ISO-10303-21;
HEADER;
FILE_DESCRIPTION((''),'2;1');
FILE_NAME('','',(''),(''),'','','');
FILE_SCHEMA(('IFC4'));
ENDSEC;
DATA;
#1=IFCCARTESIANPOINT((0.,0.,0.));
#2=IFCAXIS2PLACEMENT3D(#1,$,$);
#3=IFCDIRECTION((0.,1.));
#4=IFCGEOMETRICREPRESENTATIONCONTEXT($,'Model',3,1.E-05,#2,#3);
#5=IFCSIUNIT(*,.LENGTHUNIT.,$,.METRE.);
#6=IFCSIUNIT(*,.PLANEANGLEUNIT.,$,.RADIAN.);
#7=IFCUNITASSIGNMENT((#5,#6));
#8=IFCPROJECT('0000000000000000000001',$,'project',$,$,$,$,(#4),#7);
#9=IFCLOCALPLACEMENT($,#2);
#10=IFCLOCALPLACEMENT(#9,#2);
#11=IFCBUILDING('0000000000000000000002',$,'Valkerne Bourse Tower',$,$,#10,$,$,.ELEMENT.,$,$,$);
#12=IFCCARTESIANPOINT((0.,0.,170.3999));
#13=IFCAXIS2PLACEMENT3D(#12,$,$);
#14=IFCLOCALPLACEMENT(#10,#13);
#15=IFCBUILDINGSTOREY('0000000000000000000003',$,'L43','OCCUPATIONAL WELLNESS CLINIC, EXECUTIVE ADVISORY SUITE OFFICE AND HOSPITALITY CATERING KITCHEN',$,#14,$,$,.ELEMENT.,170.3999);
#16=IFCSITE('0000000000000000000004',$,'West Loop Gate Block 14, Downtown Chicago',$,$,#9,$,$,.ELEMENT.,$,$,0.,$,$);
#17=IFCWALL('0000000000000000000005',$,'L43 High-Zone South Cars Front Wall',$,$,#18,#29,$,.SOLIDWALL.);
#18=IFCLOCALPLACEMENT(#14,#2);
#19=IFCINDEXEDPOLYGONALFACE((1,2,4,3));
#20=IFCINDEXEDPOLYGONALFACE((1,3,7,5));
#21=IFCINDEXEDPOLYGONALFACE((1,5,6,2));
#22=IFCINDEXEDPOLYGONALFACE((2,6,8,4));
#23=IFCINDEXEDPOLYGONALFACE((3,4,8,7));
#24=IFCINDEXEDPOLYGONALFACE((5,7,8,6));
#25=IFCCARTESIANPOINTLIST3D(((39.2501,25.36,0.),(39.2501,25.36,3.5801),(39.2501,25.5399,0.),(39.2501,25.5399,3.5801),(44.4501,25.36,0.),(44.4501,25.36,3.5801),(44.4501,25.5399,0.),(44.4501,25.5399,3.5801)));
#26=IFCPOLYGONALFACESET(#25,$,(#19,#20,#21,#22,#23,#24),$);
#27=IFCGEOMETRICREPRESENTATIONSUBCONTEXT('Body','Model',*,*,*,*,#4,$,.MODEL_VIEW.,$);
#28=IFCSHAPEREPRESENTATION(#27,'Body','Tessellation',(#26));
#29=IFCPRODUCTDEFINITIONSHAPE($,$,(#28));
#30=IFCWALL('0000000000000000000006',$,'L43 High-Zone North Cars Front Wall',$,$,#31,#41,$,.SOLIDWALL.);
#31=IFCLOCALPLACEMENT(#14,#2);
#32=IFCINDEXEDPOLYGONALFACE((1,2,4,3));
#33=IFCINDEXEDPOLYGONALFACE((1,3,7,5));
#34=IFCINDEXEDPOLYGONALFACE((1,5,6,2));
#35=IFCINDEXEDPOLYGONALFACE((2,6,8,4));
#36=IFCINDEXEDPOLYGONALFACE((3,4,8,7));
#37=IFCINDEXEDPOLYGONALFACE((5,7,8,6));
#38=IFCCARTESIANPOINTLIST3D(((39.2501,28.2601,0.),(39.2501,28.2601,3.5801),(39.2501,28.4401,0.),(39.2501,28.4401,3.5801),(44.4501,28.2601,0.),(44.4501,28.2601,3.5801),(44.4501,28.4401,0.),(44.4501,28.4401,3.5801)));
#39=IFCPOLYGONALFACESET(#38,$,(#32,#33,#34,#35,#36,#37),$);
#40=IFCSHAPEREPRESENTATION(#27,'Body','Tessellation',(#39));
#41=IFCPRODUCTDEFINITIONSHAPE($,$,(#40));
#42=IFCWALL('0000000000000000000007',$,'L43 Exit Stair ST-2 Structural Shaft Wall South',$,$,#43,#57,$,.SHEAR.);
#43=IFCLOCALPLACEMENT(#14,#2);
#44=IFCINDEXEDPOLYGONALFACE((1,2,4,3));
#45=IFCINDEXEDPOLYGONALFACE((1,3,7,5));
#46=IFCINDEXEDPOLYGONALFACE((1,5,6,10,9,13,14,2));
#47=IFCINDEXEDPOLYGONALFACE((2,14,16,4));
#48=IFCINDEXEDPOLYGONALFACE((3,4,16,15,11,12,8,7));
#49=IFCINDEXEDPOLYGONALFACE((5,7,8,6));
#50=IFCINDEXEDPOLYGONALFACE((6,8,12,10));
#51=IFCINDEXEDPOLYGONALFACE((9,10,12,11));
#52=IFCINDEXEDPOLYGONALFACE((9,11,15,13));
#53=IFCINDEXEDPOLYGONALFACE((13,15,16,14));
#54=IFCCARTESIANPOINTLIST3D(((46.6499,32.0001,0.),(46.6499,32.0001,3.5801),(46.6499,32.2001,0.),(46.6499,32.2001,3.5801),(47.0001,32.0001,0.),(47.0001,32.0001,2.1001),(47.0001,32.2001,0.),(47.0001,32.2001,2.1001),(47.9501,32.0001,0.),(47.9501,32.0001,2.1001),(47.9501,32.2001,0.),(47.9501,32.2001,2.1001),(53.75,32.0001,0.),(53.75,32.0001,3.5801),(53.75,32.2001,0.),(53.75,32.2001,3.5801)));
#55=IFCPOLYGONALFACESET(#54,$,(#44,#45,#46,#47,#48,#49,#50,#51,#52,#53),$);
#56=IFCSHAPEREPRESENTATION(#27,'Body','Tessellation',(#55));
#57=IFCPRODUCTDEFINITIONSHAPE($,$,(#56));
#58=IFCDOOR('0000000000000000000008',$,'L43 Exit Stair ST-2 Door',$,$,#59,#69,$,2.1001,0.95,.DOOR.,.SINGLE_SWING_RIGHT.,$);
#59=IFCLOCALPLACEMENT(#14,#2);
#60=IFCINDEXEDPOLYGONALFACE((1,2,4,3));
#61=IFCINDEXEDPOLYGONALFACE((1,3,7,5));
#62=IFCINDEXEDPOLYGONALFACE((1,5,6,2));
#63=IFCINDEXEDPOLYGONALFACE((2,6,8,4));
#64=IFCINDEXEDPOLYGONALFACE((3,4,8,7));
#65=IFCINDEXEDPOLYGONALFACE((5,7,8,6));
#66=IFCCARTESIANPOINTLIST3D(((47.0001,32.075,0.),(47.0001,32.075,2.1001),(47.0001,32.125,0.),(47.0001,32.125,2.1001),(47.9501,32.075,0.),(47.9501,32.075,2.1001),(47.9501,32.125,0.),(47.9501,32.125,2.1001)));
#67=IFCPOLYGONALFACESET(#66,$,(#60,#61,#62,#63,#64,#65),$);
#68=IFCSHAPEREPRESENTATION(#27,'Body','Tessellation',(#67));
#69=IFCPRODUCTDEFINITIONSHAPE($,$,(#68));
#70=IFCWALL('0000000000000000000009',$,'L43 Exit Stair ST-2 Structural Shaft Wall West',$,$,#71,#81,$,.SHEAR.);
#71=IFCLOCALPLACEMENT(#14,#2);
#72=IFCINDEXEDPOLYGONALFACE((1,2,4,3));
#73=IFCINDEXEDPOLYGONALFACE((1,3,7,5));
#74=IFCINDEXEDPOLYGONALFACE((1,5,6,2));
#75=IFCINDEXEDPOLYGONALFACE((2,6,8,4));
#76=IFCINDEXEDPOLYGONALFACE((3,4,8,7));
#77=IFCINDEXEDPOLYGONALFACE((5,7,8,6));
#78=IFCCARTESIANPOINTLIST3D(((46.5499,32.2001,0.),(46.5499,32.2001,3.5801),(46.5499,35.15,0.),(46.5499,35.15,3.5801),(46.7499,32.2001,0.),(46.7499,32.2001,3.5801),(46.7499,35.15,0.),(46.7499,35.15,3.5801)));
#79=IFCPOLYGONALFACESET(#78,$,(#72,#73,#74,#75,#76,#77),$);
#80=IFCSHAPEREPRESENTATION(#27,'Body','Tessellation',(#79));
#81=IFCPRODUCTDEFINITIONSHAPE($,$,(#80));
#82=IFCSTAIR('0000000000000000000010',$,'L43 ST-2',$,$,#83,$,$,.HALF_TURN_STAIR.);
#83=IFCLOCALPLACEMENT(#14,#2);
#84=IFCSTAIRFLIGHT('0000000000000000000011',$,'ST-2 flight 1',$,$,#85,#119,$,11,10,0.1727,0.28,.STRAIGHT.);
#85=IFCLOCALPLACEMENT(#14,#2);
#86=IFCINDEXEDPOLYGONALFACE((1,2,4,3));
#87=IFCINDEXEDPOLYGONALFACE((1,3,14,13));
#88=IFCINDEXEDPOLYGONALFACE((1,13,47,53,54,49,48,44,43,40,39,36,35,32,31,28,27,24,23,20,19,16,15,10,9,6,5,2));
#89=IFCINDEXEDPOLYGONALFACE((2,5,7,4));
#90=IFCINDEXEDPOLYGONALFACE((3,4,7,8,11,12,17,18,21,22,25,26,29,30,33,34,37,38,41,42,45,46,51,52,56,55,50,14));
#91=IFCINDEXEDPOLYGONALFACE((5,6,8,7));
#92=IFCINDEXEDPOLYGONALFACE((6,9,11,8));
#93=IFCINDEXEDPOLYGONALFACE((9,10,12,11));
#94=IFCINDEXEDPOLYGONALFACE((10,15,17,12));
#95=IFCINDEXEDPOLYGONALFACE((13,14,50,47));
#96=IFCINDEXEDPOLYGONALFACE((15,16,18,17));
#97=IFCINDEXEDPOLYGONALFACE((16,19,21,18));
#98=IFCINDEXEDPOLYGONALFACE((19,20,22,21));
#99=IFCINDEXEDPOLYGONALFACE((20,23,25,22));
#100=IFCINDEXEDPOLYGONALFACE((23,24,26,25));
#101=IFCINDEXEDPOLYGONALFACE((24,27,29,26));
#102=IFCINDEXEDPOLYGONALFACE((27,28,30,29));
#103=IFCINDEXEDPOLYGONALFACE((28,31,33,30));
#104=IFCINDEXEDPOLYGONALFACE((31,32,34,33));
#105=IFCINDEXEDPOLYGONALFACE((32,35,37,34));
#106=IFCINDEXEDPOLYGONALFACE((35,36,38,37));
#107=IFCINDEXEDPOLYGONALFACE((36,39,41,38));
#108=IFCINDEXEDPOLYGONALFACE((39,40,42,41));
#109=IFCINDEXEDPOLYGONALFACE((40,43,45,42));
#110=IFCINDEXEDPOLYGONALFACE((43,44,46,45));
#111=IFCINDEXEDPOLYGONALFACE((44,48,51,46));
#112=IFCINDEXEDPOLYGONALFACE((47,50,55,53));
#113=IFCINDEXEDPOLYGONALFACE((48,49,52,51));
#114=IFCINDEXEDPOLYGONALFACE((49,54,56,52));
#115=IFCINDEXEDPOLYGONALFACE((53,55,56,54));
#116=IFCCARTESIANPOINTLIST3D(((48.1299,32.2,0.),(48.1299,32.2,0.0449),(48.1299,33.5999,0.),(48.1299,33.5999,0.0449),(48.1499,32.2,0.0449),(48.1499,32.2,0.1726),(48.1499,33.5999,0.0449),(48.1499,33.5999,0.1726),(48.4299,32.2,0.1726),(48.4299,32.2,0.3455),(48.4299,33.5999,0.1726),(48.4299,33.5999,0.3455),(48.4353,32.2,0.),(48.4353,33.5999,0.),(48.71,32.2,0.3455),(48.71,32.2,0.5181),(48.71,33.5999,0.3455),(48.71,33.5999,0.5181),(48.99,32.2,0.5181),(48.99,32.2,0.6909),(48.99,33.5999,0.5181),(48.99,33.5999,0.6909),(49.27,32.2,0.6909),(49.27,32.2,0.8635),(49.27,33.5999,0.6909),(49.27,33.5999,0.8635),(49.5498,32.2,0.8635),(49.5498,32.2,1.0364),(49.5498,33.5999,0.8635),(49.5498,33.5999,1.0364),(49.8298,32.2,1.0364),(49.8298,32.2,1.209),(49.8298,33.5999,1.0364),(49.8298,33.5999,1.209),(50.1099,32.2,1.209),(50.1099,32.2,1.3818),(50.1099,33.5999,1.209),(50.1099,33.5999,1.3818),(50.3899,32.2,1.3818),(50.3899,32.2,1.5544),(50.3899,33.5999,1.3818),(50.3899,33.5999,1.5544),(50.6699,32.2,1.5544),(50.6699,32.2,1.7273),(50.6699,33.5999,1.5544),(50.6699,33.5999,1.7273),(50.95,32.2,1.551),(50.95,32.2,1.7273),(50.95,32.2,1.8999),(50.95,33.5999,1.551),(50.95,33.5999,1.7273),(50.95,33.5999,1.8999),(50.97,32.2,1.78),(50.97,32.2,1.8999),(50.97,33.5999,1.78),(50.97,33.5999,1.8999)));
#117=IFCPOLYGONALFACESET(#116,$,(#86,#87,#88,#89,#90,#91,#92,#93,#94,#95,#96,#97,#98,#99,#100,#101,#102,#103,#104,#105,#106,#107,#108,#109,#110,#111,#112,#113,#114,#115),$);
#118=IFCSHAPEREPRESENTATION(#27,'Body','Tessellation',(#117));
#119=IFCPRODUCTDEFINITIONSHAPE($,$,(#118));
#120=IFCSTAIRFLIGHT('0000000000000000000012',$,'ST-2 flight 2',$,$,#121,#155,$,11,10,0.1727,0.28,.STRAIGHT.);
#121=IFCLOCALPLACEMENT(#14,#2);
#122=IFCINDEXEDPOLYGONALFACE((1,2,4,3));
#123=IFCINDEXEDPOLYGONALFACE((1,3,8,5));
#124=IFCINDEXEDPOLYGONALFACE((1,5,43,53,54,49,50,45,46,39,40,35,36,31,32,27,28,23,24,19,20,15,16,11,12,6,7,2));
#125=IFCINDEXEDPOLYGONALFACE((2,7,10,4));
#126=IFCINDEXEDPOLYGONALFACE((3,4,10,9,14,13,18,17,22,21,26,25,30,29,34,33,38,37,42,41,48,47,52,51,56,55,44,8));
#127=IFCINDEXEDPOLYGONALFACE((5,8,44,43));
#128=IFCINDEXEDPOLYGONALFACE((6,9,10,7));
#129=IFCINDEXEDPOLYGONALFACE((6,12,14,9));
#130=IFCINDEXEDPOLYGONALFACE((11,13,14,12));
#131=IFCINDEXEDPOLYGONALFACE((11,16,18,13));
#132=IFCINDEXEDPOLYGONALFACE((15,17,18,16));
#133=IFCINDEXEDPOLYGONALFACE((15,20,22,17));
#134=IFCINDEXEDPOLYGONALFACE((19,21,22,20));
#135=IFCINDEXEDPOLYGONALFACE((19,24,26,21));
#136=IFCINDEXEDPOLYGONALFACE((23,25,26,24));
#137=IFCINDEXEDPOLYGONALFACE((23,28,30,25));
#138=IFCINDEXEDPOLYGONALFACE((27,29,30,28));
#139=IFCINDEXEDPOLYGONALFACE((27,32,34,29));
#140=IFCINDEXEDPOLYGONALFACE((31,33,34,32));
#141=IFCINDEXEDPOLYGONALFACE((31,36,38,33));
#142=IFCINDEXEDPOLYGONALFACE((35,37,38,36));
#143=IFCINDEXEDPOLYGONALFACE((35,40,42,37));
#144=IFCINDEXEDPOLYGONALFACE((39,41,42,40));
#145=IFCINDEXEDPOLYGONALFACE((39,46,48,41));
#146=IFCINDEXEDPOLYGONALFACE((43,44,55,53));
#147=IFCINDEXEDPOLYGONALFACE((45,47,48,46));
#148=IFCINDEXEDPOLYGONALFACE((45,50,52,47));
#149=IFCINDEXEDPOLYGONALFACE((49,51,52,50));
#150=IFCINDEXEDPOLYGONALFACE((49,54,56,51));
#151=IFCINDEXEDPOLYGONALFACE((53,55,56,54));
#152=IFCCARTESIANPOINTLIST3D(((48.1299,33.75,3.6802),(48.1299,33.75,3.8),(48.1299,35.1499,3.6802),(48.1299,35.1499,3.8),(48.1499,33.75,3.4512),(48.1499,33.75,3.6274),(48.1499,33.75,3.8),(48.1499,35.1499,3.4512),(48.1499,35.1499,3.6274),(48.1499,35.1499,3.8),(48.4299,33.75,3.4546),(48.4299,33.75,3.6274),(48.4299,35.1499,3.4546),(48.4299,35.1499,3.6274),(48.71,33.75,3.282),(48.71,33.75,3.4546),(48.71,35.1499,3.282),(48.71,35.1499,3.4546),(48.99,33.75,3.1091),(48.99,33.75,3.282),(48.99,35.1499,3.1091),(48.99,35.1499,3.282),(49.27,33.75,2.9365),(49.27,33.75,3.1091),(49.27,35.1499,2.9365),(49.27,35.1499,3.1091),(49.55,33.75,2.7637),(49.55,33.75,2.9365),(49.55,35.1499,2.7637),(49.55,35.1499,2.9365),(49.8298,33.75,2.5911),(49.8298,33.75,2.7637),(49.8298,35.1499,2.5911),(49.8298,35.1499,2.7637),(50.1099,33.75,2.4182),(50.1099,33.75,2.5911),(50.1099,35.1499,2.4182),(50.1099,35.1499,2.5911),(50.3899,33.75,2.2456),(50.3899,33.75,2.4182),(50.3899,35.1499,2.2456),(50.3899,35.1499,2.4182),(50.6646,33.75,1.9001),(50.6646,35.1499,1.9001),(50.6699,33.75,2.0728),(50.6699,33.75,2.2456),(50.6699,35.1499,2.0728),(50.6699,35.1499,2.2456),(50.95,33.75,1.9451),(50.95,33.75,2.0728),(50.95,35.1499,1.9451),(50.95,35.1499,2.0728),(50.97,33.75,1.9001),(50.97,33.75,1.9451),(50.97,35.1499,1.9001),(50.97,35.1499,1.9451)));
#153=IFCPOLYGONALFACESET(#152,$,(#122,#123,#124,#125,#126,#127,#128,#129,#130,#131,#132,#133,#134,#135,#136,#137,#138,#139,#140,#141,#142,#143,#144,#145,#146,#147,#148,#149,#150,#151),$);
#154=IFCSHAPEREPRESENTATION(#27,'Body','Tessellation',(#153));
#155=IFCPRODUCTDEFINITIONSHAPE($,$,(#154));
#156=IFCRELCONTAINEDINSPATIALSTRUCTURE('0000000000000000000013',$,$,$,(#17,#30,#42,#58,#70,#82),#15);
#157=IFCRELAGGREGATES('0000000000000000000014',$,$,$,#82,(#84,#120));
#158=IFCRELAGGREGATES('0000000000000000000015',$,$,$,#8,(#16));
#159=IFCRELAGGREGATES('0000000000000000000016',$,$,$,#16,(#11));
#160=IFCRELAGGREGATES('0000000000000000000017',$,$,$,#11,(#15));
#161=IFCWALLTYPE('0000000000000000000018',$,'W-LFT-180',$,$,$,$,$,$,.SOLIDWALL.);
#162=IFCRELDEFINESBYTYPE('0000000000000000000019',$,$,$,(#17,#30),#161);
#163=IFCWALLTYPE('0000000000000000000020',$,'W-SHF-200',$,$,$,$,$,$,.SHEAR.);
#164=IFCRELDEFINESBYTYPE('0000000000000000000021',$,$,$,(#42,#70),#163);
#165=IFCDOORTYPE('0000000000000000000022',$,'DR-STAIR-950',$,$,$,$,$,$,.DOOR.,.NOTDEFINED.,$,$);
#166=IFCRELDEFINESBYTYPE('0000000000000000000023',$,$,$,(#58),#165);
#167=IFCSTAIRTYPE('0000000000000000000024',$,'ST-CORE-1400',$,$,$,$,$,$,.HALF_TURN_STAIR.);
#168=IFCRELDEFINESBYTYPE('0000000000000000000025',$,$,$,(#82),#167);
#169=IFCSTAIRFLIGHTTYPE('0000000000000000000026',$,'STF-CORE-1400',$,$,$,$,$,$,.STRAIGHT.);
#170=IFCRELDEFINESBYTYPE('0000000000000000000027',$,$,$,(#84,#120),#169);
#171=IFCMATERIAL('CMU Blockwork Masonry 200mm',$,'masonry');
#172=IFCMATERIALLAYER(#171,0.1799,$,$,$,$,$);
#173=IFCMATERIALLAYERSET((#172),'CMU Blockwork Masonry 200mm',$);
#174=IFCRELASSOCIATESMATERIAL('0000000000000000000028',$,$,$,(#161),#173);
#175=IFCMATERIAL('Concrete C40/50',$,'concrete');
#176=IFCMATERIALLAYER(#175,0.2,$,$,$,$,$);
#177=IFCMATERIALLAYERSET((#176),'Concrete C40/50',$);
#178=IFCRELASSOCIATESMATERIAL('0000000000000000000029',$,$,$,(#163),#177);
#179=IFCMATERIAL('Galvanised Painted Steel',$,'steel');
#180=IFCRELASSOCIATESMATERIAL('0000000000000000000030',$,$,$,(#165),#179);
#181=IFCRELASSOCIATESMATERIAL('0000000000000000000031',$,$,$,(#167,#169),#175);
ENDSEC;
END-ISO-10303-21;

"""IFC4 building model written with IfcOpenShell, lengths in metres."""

from ifc_helpers import new_model, si_unit, direction, frame, frame_2d, origin, place, context, subcontext, project, spatial, polyline, rectangle, outline, extrude, material, layer, layer_set, type_object, element, fill, aggregate, save


model = new_model("IFC4")

# Units and contexts
model_context = context("Model", 3, precision=1e-05, world=origin(), true_north=direction((0.0, 1.0)))
body_context = subcontext(model_context, "Body", "Model", "MODEL_VIEW")
ifc_project = project(units=[si_unit("LENGTHUNIT", "METRE"), si_unit("PLANEANGLEUNIT", "RADIAN")], contexts=[model_context])

# Site, building, storey
site_placement = place(None, origin())
site = spatial("IfcSite", under=ifc_project, at=site_placement, Name="West Loop Gate Block 14, Downtown Chicago", CompositionType="ELEMENT", RefElevation=0.0)
building_placement = place(site_placement, origin())
building = spatial("IfcBuilding", under=site, at=building_placement, Name="Valkerne Bourse Tower", CompositionType="ELEMENT")
storey_placement = place(building_placement, frame((0.0, 0.0, 170.3999)))
storey = spatial("IfcBuildingStorey", under=building, at=storey_placement, Name="L43", Description="OCCUPATIONAL WELLNESS CLINIC, EXECUTIVE ADVISORY SUITE OFFICE AND HOSPITALITY CATERING KITCHEN", CompositionType="ELEMENT", Elevation=170.3999)

# Shared definitions
ifc_material_1 = material(Name="Galvanised Painted Steel", Category="steel")

# Shared definitions
ifc_material_2 = material(Name="CMU Blockwork Masonry 200mm", Category="masonry")
ifc_layer_1 = layer(ifc_material_2, 0.1799)
ifc_layer_set_1 = layer_set([ifc_layer_1], Name="CMU Blockwork Masonry 200mm")
wall_type_1 = type_object("IfcWallType", Name="W-LFT-180", PredefinedType="SOLIDWALL", material=ifc_layer_set_1)

# Walls
for number, where, z_axis, x_axis, name in (
    (1, (39.25, 25.45, 0.0), (0.0, 0.0, 1.0), (1.0, 0.0, 0.0), "L43 High-Zone South Cars Front Wall"),
    (2, (39.25, 28.3501, 0.0), (0.0, 0.0, 1.0), (1.0, 0.0, 0.0), "L43 High-Zone North Cars Front Wall"),
):
    element("IfcWall", number, at=place(storey_placement, frame(where, z_axis=z_axis, x_axis=x_axis)), inside=storey, type_object=wall_type_1, Name=name, PredefinedType="SOLIDWALL", context=body_context, shape_type="SweptSolid", body=[
        extrude(rectangle(XDim=5.2, YDim=0.1799, at=frame_2d((2.6001, 0.0))), origin(), (0.0, 0.0, 1.0), 3.5801),
    ])

# Wall, opening, door
ifc_material_3 = material(Name="Concrete C40/50", Category="concrete")
ifc_layer_2 = layer(ifc_material_3, 0.2)
ifc_layer_set_2 = layer_set([ifc_layer_2], Name="Concrete C40/50")
wall_type_2 = type_object("IfcWallType", Name="W-SHF-200", PredefinedType="SHEAR", material=ifc_layer_set_2)
wall_1_placement = place(storey_placement, frame((46.6499, 32.1001, 0.0), z_axis=(0.0, 0.0, 1.0), x_axis=(1.0, 0.0, 0.0)))
wall_1 = element("IfcWall", 3, at=wall_1_placement, inside=storey, type_object=wall_type_2, Name="L43 Exit Stair ST-2 Structural Shaft Wall South", PredefinedType="SHEAR", context=body_context, shape_type="SweptSolid", body=[
    extrude(rectangle(XDim=7.1001, YDim=0.2, at=frame_2d((3.55, 0.0))), origin(), (0.0, 0.0, 1.0), 3.5801),
])
opening_1_placement = place(wall_1_placement, frame((0.3501, 0.0, 0.0)))
opening_1 = element("IfcOpeningElement", 4, at=opening_1_placement, cuts=wall_1, PredefinedType="OPENING", context=body_context, shape_type="SweptSolid", body=[
    extrude(rectangle(XDim=0.95, YDim=2.1001, at=frame_2d((0.4751, 1.05))), frame((0.0, 0.1099, 0.0), z_axis=(0.0, -1.0, 0.0), x_axis=(1.0, 0.0, 0.0)), (0.0, 0.0, 1.0), 0.22),
])
door_type_1 = type_object("IfcDoorType", Name="DR-STAIR-950", OperationType="NOTDEFINED", PredefinedType="DOOR", material=ifc_material_1)
door_1_placement = place(opening_1_placement, origin())
door_1 = element("IfcDoor", 5, at=door_1_placement, inside=storey, type_object=door_type_1, Name="L43 Exit Stair ST-2 Door", OperationType="SINGLE_SWING_RIGHT", OverallHeight=2.1001, OverallWidth=0.95, PredefinedType="DOOR", context=body_context, shape_type="SweptSolid", body=[
    extrude(rectangle(XDim=0.95, YDim=2.1001, at=frame_2d((0.4751, 1.05))), frame((0.0, 0.0249, 0.0), z_axis=(0.0, -1.0, 0.0), x_axis=(1.0, 0.0, 0.0)), (0.0, 0.0, 1.0), 0.05),
])
fill(opening_1, door_1)

# Wall
wall_2_placement = place(storey_placement, frame((46.6499, 32.2, 0.0), z_axis=(0.0, 0.0, 1.0), x_axis=(0.0, 1.0, 0.0)))
element("IfcWall", 6, at=wall_2_placement, inside=storey, type_object=wall_type_2, Name="L43 Exit Stair ST-2 Structural Shaft Wall West", PredefinedType="SHEAR", context=body_context, shape_type="SweptSolid", body=[
    extrude(rectangle(XDim=2.95, YDim=0.2, at=frame_2d((1.4751, 0.0))), origin(), (0.0, 0.0, 1.0), 3.5801),
])

# Stair, stair flights
stair_type = type_object("IfcStairType", Name="ST-CORE-1400", PredefinedType="HALF_TURN_STAIR", material=ifc_material_3)
stair_placement = place(storey_placement, origin())
stair = element("IfcStair", 7, at=stair_placement, inside=storey, type_object=stair_type, Name="L43 ST-2", PredefinedType="HALF_TURN_STAIR")
stair_flight_type = type_object("IfcStairFlightType", Name="STF-CORE-1400", PredefinedType="STRAIGHT", material=ifc_material_3)
stair_flight_1_placement = place(storey_placement, frame((48.1499, 32.8999, 0.0), z_axis=(0.0, 0.0, 1.0), x_axis=(1.0, 0.0, 0.0)))
stair_flight_1 = element("IfcStairFlight", 8, at=stair_flight_1_placement, type_object=stair_flight_type, Name="ST-2 flight 1", NumberOfRisers=11, NumberOfTreads=10, PredefinedType="STRAIGHT", RiserHeight=0.1727, TreadLength=0.28, context=body_context, shape_type="SweptSolid", body=[
    extrude(outline(polyline([(-0.02, 0.0), (-0.02, 0.0449), (0.0, 0.0449), (0.0, 0.1726), (0.28, 0.1726), (0.28, 0.3455), (0.5601, 0.3455), (0.5601, 0.5181), (0.8401, 0.5181), (0.8401, 0.6909), (1.1201, 0.6909), (1.1201, 0.8635), (1.3999, 0.8635), (1.3999, 1.0364), (1.6799, 1.0364), (1.6799, 1.209), (1.96, 1.209), (1.96, 1.3818), (2.24, 1.3818), (2.24, 1.5544), (2.52, 1.5544), (2.52, 1.7273), (2.8, 1.7273), (2.8, 1.8999), (2.8201, 1.8999), (2.8201, 1.78), (2.8, 1.551), (0.2854, 0.0), (-0.02, 0.0)])), frame((0.0, 0.7, 0.0), z_axis=(0.0, -1.0, 0.0), x_axis=(1.0, 0.0, 0.0)), (0.0, 0.0, 1.0), 1.3999),
])
stair_flight_2_placement = place(storey_placement, frame((50.95, 34.45, 1.9001), z_axis=(0.0, 0.0, 1.0), x_axis=(-1.0, 0.0, 0.0)))
stair_flight_2 = element("IfcStairFlight", 9, at=stair_flight_2_placement, type_object=stair_flight_type, Name="ST-2 flight 2", NumberOfRisers=11, NumberOfTreads=10, PredefinedType="STRAIGHT", RiserHeight=0.1727, TreadLength=0.28, context=body_context, shape_type="SweptSolid", body=[
    extrude(outline(polyline([(-0.02, 0.0), (-0.02, 0.0449), (0.0, 0.0449), (0.0, 0.1726), (0.28, 0.1726), (0.28, 0.3455), (0.5601, 0.3455), (0.5601, 0.5181), (0.8401, 0.5181), (0.8401, 0.6909), (1.1201, 0.6909), (1.1201, 0.8635), (1.3999, 0.8635), (1.3999, 1.0364), (1.6799, 1.0364), (1.6799, 1.209), (1.96, 1.209), (1.96, 1.3818), (2.24, 1.3818), (2.24, 1.5544), (2.52, 1.5544), (2.52, 1.7273), (2.8, 1.7273), (2.8, 1.8999), (2.8201, 1.8999), (2.8201, 1.78), (2.8, 1.551), (0.2854, 0.0), (-0.02, 0.0)])), frame((0.0, 0.7, 0.0), z_axis=(0.0, -1.0, 0.0), x_axis=(1.0, 0.0, 0.0)), (0.0, 0.0, 1.0), 1.3999),
])
aggregate(stair, [stair_flight_1, stair_flight_2])

save(model, "model.ifc")
